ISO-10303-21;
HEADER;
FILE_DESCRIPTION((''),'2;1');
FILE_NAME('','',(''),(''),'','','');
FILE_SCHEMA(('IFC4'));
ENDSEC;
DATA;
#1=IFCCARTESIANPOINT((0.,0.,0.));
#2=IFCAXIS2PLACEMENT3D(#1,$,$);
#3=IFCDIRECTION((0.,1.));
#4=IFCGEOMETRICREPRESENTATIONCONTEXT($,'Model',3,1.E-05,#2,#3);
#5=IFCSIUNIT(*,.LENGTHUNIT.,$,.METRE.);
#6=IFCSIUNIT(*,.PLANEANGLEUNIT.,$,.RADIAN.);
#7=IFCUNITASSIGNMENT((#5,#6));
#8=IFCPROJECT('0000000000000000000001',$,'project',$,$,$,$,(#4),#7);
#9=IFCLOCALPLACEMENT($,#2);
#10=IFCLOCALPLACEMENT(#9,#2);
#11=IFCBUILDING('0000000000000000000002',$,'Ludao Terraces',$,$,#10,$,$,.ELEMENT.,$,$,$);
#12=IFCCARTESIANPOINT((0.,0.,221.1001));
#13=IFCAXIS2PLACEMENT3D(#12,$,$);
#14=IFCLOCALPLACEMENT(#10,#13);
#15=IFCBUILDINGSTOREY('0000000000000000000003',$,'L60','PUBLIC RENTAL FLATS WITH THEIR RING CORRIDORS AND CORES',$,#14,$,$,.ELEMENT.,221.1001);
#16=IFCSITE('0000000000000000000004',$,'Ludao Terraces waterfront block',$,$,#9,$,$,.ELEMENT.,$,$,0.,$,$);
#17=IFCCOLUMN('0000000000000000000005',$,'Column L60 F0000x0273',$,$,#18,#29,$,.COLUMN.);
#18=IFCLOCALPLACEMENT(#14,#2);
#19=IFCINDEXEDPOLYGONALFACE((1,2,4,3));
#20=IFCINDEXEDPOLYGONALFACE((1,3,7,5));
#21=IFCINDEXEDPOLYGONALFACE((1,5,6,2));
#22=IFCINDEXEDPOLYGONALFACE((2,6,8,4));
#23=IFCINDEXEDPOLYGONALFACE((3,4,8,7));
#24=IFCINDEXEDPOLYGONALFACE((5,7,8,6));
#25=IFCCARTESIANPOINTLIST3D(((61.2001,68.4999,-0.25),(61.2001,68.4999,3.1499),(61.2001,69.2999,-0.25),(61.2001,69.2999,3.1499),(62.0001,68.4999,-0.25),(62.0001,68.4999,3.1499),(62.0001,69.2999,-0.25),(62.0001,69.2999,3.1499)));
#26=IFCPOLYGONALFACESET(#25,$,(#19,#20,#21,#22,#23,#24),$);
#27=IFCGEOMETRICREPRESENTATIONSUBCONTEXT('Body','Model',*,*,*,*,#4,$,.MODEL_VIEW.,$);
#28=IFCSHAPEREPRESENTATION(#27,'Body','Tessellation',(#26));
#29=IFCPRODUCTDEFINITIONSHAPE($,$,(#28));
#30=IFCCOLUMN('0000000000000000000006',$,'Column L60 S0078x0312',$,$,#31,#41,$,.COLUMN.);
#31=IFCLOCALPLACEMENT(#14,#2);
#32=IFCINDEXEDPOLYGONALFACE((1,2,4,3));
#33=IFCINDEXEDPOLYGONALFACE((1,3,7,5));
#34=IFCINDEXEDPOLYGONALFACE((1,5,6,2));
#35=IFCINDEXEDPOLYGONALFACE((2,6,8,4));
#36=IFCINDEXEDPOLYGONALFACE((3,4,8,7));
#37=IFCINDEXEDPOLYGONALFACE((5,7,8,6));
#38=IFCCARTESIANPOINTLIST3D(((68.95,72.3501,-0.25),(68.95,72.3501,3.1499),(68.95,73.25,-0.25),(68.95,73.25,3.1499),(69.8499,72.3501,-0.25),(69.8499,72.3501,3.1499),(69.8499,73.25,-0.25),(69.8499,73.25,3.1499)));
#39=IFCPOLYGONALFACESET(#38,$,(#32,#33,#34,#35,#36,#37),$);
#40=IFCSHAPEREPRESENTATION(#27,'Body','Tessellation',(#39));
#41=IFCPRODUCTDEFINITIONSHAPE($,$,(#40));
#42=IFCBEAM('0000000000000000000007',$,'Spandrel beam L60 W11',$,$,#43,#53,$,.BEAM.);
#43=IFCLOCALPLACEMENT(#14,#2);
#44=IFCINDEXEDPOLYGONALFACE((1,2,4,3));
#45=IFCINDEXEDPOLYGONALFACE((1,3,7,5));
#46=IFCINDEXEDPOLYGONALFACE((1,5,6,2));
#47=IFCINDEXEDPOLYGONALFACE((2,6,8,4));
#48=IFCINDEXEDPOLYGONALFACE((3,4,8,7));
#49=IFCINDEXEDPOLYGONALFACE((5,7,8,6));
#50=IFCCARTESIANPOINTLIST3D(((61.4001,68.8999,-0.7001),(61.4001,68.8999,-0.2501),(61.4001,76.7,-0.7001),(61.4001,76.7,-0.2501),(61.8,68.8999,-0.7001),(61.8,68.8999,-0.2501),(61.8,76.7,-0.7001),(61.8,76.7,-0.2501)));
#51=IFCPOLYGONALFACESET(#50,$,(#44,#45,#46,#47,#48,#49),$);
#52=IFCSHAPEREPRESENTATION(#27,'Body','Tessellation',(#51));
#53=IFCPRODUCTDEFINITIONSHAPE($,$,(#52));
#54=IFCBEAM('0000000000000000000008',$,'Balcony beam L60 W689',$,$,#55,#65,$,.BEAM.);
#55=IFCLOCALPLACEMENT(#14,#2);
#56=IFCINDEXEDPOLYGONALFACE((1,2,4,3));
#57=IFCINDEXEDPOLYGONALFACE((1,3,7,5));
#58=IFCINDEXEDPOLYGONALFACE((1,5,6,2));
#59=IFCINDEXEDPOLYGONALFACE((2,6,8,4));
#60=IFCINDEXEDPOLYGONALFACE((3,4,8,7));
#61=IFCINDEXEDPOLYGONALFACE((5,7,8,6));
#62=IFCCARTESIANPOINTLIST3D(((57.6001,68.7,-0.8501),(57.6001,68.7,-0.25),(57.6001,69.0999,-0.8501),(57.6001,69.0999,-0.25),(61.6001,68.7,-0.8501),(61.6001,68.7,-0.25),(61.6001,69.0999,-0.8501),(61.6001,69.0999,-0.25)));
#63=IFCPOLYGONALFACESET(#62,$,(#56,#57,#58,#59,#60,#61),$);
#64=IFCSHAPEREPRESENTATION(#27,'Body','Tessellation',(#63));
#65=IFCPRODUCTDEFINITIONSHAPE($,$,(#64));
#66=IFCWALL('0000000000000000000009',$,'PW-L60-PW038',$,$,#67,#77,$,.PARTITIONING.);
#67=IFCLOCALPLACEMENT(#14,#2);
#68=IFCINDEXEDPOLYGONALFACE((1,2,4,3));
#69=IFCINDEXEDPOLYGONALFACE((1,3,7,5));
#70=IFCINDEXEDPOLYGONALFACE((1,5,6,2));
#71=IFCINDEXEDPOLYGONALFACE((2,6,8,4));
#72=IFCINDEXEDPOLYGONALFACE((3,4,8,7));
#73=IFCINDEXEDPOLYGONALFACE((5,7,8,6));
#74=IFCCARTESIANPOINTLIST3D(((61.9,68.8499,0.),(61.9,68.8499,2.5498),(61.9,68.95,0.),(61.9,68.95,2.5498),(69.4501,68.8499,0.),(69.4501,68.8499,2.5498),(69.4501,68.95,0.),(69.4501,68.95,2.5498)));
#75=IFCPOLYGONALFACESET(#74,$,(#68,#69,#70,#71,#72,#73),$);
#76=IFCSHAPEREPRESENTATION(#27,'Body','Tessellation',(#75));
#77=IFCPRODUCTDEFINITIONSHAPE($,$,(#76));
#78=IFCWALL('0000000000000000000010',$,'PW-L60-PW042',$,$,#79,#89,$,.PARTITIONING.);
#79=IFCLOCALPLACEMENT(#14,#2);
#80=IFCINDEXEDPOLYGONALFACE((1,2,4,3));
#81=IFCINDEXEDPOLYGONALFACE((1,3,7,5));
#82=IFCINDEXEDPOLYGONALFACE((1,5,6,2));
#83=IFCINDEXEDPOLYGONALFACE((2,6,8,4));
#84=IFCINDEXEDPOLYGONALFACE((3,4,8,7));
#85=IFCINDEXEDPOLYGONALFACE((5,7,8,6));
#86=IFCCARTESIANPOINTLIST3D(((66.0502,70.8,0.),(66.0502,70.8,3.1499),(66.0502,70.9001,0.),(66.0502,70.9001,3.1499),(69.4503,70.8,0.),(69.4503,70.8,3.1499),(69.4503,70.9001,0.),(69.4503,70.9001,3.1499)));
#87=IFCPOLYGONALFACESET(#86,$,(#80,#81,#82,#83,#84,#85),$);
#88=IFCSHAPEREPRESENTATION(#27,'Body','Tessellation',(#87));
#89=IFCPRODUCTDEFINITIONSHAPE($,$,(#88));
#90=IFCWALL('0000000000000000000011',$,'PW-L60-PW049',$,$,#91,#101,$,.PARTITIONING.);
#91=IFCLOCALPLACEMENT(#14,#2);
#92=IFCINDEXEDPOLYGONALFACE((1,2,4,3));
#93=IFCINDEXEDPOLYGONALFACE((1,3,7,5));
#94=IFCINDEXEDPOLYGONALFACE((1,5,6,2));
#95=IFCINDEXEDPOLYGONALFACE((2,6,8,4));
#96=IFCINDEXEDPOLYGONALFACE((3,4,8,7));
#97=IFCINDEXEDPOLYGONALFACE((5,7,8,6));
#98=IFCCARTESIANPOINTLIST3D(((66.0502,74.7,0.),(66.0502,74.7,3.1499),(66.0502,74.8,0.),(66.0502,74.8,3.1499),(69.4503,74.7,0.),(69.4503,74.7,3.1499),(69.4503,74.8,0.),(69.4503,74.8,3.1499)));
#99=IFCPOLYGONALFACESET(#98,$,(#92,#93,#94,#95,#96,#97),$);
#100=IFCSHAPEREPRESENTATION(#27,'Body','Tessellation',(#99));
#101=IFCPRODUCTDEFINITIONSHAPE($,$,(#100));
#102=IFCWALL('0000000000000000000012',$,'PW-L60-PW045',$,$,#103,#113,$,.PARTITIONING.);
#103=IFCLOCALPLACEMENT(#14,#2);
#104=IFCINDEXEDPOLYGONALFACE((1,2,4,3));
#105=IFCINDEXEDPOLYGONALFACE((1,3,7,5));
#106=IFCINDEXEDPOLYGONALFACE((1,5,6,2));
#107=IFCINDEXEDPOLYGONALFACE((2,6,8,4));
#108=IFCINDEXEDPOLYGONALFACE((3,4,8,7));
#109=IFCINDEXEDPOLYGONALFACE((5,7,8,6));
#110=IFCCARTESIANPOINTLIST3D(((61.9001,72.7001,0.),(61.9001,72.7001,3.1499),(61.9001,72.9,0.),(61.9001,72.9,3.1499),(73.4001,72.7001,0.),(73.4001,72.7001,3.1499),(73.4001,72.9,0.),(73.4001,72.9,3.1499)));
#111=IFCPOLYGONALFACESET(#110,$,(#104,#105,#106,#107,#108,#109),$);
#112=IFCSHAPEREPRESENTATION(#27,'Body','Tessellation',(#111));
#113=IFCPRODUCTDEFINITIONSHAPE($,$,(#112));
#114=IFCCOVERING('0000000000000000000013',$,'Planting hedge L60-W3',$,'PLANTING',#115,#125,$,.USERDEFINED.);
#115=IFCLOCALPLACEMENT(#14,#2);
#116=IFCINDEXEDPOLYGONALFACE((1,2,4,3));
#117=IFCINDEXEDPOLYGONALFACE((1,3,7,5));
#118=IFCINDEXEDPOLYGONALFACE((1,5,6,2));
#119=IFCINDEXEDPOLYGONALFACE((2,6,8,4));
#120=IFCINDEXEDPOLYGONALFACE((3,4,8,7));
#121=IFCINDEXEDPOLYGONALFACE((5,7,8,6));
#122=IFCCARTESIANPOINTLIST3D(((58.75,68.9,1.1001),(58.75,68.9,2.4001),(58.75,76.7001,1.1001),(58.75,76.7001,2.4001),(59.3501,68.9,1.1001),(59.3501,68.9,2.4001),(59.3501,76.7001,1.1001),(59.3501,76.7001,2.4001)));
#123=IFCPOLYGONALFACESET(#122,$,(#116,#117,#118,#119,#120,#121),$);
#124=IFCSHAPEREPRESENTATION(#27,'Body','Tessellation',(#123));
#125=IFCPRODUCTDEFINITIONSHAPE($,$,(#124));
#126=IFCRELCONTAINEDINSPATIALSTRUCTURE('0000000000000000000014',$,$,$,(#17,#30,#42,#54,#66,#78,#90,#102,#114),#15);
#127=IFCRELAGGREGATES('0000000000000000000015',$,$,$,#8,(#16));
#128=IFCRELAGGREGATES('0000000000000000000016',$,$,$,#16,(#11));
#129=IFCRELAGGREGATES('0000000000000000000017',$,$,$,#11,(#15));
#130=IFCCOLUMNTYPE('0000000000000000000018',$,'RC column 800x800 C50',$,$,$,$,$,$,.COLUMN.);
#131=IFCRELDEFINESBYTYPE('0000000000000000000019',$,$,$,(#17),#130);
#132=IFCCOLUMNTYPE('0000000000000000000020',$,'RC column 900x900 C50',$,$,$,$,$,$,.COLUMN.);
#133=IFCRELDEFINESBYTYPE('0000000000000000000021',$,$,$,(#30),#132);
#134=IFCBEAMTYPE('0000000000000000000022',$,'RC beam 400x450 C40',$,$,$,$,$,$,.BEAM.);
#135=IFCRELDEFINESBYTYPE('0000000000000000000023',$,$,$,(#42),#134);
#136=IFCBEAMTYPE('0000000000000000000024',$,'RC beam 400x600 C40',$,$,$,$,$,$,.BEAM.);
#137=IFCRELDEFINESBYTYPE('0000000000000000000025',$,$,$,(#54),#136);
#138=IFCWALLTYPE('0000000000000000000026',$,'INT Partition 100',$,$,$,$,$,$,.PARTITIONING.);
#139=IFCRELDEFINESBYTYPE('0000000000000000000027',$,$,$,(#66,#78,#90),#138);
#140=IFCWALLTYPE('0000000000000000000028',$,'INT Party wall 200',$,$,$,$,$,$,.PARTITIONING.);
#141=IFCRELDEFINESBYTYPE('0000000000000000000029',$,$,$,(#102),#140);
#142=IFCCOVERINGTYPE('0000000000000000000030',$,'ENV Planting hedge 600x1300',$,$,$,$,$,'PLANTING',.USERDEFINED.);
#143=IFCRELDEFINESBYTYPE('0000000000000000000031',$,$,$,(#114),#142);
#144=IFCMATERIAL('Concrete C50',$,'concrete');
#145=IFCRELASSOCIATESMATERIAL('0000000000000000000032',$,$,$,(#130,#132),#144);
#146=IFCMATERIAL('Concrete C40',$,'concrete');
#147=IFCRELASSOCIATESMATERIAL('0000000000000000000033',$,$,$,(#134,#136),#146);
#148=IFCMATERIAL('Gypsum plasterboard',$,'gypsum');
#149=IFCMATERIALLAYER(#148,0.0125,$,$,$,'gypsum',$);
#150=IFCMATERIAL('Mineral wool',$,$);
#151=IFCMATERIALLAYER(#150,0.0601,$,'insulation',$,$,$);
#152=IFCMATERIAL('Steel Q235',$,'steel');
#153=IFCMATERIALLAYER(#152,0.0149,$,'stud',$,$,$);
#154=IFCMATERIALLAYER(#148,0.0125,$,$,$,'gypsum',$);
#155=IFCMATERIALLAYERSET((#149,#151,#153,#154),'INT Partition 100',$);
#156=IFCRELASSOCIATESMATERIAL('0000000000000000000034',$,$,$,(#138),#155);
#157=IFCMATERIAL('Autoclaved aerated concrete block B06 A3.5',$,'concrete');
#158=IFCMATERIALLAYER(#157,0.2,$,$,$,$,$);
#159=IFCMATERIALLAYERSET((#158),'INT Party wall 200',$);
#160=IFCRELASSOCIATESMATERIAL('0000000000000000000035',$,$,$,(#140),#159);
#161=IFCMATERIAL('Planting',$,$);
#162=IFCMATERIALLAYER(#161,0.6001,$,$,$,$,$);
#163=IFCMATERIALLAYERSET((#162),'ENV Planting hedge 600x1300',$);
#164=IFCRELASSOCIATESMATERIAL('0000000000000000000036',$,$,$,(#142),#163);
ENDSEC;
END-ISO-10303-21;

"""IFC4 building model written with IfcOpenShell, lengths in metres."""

from ifc_helpers import new_model, si_unit, direction, frame, frame_2d, origin, origin_2d, place, context, subcontext, project, spatial, rectangle, extrude, material, layer, layer_set, material_profile, profile_set, type_object, element, save


model = new_model("IFC4")

# Units and contexts
model_context = context("Model", 3, precision=1e-05, world=origin(), true_north=direction((0.0, 1.0)))
body_context = subcontext(model_context, "Body", "Model", "MODEL_VIEW")
ifc_project = project(units=[si_unit("LENGTHUNIT", "METRE"), si_unit("PLANEANGLEUNIT", "RADIAN")], contexts=[model_context])

# Site, building, storey
site_placement = place(None, origin())
site = spatial("IfcSite", under=ifc_project, at=site_placement, Name="Ludao Terraces waterfront block", CompositionType="ELEMENT", RefElevation=0.0)
building_placement = place(site_placement, origin())
building = spatial("IfcBuilding", under=site, at=building_placement, Name="Ludao Terraces", CompositionType="ELEMENT")
storey_placement = place(building_placement, frame((0.0, 0.0, 221.1001)))
storey = spatial("IfcBuildingStorey", under=building, at=storey_placement, Name="L60", Description="PUBLIC RENTAL FLATS WITH THEIR RING CORRIDORS AND CORES", CompositionType="ELEMENT", Elevation=221.1001)

# Columns
ifc_material_1 = material(Name="Concrete C50", Category="concrete")
ifc_material_profile_1 = material_profile(ifc_material_1, rectangle(XDim=0.8, YDim=0.8, at=origin_2d()), Name="800 X 800")
ifc_profile_set_1 = profile_set([ifc_material_profile_1], Name="Concrete C50")
column_type_1 = type_object("IfcColumnType", Name="RC column 800x800 C50", PredefinedType="COLUMN", material=ifc_profile_set_1)
column_1_placement = place(storey_placement, frame((61.6001, 68.8999, -0.25), z_axis=(0.0, 0.0, 1.0), x_axis=(1.0, 0.0, 0.0)))
element("IfcColumn", 1, at=column_1_placement, inside=storey, type_object=column_type_1, Name="Column L60 F0000x0273", PredefinedType="COLUMN", context=body_context, shape_type="SweptSolid", body=[
    extrude(rectangle(XDim=0.8, YDim=0.8, at=origin_2d()), origin(), (0.0, 0.0, 1.0), 3.3999),
])
ifc_material_profile_2 = material_profile(ifc_material_1, rectangle(XDim=0.8999, YDim=0.8999, at=origin_2d()), Name="900 X 900")
ifc_profile_set_2 = profile_set([ifc_material_profile_2], Name="Concrete C50")
column_type_2 = type_object("IfcColumnType", Name="RC column 900x900 C50", PredefinedType="COLUMN", material=ifc_profile_set_2)
column_2_placement = place(storey_placement, frame((69.3999, 72.8, -0.25), z_axis=(0.0, 0.0, 1.0), x_axis=(1.0, 0.0, 0.0)))
element("IfcColumn", 2, at=column_2_placement, inside=storey, type_object=column_type_2, Name="Column L60 S0078x0312", PredefinedType="COLUMN", context=body_context, shape_type="SweptSolid", body=[
    extrude(rectangle(XDim=0.8999, YDim=0.8999, at=origin_2d()), origin(), (0.0, 0.0, 1.0), 3.3999),
])

# Beams
ifc_material_2 = material(Name="Concrete C40", Category="concrete")
ifc_material_profile_3 = material_profile(ifc_material_2, rectangle(XDim=0.3999, YDim=0.45, at=origin_2d()), Name="400 X 450")
ifc_profile_set_3 = profile_set([ifc_material_profile_3], Name="Concrete C40")
beam_type_1 = type_object("IfcBeamType", Name="RC beam 400x450 C40", PredefinedType="BEAM", material=ifc_profile_set_3)
beam_1_placement = place(storey_placement, frame((61.6001, 68.8999, -0.4751), z_axis=(0.0, 1.0, 0.0), x_axis=(-1.0, 0.0, 0.0)))
element("IfcBeam", 3, at=beam_1_placement, inside=storey, type_object=beam_type_1, Name="Spandrel beam L60 W11", PredefinedType="BEAM", context=body_context, shape_type="SweptSolid", body=[
    extrude(rectangle(XDim=0.3999, YDim=0.45, at=origin_2d()), origin(), (0.0, 0.0, 1.0), 7.8),
])
ifc_material_profile_4 = material_profile(ifc_material_2, rectangle(XDim=0.3999, YDim=0.6001, at=origin_2d()), Name="400 X 600")
ifc_profile_set_4 = profile_set([ifc_material_profile_4], Name="Concrete C40")
beam_type_2 = type_object("IfcBeamType", Name="RC beam 400x600 C40", PredefinedType="BEAM", material=ifc_profile_set_4)
beam_2_placement = place(storey_placement, frame((61.6001, 68.8999, -0.55), z_axis=(-1.0, 0.0, 0.0), x_axis=(0.0, -1.0, 0.0)))
element("IfcBeam", 4, at=beam_2_placement, inside=storey, type_object=beam_type_2, Name="Balcony beam L60 W689", PredefinedType="BEAM", context=body_context, shape_type="SweptSolid", body=[
    extrude(rectangle(XDim=0.3999, YDim=0.6001, at=origin_2d()), origin(), (0.0, 0.0, 1.0), 4.0),
])

# Shared definitions
ifc_material_3 = material(Name="Mineral wool")

# Walls
ifc_material_4 = material(Name="Gypsum plasterboard", Category="gypsum")
ifc_layer_1 = layer(ifc_material_4, 0.0125, Category="gypsum")
ifc_layer_2 = layer(ifc_material_3, 0.0601, Name="insulation")
ifc_material_5 = material(Name="Steel Q235", Category="steel")
ifc_layer_3 = layer(ifc_material_5, 0.0149, Name="stud")
ifc_layer_4 = layer(ifc_material_4, 0.0125, Category="gypsum")
ifc_layer_set_1 = layer_set([ifc_layer_1, ifc_layer_2, ifc_layer_3, ifc_layer_4], Name="INT Partition 100")
wall_type_1 = type_object("IfcWallType", Name="INT Partition 100", PredefinedType="PARTITIONING", material=ifc_layer_set_1)
wall_1_placement = place(storey_placement, frame((61.9001, 68.8999, 0.0), z_axis=(0.0, 0.0, 1.0), x_axis=(1.0, 0.0, 0.0)))
element("IfcWall", 5, at=wall_1_placement, inside=storey, type_object=wall_type_1, Name="PW-L60-PW038", PredefinedType="PARTITIONING", context=body_context, shape_type="SweptSolid", body=[
    extrude(rectangle(XDim=7.55, YDim=0.1001, at=frame_2d((3.7749, 0.0))), origin(), (0.0, 0.0, 1.0), 2.5498),
])
for number, where, z_axis, x_axis, name in (
    (6, (66.05, 70.8501, 0.0), (0.0, 0.0, 1.0), (1.0, 0.0, 0.0), "PW-L60-PW042"),
    (7, (66.05, 74.75, 0.0), (0.0, 0.0, 1.0), (1.0, 0.0, 0.0), "PW-L60-PW049"),
):
    element("IfcWall", number, at=place(storey_placement, frame(where, z_axis=z_axis, x_axis=x_axis)), inside=storey, type_object=wall_type_1, Name=name, PredefinedType="PARTITIONING", context=body_context, shape_type="SweptSolid", body=[
        extrude(rectangle(XDim=3.4001, YDim=0.1001, at=frame_2d((1.7002, 0.0))), origin(), (0.0, 0.0, 1.0), 3.1499),
    ])
ifc_material_6 = material(Name="Autoclaved aerated concrete block B06 A3.5", Category="concrete")
ifc_layer_5 = layer(ifc_material_6, 0.2)
ifc_layer_set_2 = layer_set([ifc_layer_5], Name="INT Party wall 200")
wall_type_2 = type_object("IfcWallType", Name="INT Party wall 200", PredefinedType="PARTITIONING", material=ifc_layer_set_2)
wall_2_placement = place(storey_placement, frame((61.9001, 72.8, 0.0), z_axis=(0.0, 0.0, 1.0), x_axis=(1.0, 0.0, 0.0)))
element("IfcWall", 8, at=wall_2_placement, inside=storey, type_object=wall_type_2, Name="PW-L60-PW045", PredefinedType="PARTITIONING", context=body_context, shape_type="SweptSolid", body=[
    extrude(rectangle(XDim=11.5, YDim=0.2, at=frame_2d((5.75, 0.0))), origin(), (0.0, 0.0, 1.0), 3.1499),
])

# Covering
ifc_material_7 = material(Name="Planting")
ifc_layer_6 = layer(ifc_material_7, 0.6001)
ifc_layer_set_3 = layer_set([ifc_layer_6], Name="ENV Planting hedge 600x1300")
covering_type = type_object("IfcCoveringType", Name="ENV Planting hedge 600x1300", ElementType="PLANTING", PredefinedType="USERDEFINED", material=ifc_layer_set_3)
covering_placement = place(storey_placement, frame((59.05, 72.8, 1.1001), z_axis=(0.0, 0.0, 1.0), x_axis=(1.0, 0.0, 0.0)))
element("IfcCovering", 9, at=covering_placement, inside=storey, type_object=covering_type, Name="Planting hedge L60-W3", ObjectType="PLANTING", PredefinedType="USERDEFINED", context=body_context, shape_type="SweptSolid", body=[
    extrude(rectangle(XDim=0.6001, YDim=7.8, at=origin_2d()), origin(), (0.0, 0.0, 1.0), 1.3),
])

save(model, "model.ifc")
